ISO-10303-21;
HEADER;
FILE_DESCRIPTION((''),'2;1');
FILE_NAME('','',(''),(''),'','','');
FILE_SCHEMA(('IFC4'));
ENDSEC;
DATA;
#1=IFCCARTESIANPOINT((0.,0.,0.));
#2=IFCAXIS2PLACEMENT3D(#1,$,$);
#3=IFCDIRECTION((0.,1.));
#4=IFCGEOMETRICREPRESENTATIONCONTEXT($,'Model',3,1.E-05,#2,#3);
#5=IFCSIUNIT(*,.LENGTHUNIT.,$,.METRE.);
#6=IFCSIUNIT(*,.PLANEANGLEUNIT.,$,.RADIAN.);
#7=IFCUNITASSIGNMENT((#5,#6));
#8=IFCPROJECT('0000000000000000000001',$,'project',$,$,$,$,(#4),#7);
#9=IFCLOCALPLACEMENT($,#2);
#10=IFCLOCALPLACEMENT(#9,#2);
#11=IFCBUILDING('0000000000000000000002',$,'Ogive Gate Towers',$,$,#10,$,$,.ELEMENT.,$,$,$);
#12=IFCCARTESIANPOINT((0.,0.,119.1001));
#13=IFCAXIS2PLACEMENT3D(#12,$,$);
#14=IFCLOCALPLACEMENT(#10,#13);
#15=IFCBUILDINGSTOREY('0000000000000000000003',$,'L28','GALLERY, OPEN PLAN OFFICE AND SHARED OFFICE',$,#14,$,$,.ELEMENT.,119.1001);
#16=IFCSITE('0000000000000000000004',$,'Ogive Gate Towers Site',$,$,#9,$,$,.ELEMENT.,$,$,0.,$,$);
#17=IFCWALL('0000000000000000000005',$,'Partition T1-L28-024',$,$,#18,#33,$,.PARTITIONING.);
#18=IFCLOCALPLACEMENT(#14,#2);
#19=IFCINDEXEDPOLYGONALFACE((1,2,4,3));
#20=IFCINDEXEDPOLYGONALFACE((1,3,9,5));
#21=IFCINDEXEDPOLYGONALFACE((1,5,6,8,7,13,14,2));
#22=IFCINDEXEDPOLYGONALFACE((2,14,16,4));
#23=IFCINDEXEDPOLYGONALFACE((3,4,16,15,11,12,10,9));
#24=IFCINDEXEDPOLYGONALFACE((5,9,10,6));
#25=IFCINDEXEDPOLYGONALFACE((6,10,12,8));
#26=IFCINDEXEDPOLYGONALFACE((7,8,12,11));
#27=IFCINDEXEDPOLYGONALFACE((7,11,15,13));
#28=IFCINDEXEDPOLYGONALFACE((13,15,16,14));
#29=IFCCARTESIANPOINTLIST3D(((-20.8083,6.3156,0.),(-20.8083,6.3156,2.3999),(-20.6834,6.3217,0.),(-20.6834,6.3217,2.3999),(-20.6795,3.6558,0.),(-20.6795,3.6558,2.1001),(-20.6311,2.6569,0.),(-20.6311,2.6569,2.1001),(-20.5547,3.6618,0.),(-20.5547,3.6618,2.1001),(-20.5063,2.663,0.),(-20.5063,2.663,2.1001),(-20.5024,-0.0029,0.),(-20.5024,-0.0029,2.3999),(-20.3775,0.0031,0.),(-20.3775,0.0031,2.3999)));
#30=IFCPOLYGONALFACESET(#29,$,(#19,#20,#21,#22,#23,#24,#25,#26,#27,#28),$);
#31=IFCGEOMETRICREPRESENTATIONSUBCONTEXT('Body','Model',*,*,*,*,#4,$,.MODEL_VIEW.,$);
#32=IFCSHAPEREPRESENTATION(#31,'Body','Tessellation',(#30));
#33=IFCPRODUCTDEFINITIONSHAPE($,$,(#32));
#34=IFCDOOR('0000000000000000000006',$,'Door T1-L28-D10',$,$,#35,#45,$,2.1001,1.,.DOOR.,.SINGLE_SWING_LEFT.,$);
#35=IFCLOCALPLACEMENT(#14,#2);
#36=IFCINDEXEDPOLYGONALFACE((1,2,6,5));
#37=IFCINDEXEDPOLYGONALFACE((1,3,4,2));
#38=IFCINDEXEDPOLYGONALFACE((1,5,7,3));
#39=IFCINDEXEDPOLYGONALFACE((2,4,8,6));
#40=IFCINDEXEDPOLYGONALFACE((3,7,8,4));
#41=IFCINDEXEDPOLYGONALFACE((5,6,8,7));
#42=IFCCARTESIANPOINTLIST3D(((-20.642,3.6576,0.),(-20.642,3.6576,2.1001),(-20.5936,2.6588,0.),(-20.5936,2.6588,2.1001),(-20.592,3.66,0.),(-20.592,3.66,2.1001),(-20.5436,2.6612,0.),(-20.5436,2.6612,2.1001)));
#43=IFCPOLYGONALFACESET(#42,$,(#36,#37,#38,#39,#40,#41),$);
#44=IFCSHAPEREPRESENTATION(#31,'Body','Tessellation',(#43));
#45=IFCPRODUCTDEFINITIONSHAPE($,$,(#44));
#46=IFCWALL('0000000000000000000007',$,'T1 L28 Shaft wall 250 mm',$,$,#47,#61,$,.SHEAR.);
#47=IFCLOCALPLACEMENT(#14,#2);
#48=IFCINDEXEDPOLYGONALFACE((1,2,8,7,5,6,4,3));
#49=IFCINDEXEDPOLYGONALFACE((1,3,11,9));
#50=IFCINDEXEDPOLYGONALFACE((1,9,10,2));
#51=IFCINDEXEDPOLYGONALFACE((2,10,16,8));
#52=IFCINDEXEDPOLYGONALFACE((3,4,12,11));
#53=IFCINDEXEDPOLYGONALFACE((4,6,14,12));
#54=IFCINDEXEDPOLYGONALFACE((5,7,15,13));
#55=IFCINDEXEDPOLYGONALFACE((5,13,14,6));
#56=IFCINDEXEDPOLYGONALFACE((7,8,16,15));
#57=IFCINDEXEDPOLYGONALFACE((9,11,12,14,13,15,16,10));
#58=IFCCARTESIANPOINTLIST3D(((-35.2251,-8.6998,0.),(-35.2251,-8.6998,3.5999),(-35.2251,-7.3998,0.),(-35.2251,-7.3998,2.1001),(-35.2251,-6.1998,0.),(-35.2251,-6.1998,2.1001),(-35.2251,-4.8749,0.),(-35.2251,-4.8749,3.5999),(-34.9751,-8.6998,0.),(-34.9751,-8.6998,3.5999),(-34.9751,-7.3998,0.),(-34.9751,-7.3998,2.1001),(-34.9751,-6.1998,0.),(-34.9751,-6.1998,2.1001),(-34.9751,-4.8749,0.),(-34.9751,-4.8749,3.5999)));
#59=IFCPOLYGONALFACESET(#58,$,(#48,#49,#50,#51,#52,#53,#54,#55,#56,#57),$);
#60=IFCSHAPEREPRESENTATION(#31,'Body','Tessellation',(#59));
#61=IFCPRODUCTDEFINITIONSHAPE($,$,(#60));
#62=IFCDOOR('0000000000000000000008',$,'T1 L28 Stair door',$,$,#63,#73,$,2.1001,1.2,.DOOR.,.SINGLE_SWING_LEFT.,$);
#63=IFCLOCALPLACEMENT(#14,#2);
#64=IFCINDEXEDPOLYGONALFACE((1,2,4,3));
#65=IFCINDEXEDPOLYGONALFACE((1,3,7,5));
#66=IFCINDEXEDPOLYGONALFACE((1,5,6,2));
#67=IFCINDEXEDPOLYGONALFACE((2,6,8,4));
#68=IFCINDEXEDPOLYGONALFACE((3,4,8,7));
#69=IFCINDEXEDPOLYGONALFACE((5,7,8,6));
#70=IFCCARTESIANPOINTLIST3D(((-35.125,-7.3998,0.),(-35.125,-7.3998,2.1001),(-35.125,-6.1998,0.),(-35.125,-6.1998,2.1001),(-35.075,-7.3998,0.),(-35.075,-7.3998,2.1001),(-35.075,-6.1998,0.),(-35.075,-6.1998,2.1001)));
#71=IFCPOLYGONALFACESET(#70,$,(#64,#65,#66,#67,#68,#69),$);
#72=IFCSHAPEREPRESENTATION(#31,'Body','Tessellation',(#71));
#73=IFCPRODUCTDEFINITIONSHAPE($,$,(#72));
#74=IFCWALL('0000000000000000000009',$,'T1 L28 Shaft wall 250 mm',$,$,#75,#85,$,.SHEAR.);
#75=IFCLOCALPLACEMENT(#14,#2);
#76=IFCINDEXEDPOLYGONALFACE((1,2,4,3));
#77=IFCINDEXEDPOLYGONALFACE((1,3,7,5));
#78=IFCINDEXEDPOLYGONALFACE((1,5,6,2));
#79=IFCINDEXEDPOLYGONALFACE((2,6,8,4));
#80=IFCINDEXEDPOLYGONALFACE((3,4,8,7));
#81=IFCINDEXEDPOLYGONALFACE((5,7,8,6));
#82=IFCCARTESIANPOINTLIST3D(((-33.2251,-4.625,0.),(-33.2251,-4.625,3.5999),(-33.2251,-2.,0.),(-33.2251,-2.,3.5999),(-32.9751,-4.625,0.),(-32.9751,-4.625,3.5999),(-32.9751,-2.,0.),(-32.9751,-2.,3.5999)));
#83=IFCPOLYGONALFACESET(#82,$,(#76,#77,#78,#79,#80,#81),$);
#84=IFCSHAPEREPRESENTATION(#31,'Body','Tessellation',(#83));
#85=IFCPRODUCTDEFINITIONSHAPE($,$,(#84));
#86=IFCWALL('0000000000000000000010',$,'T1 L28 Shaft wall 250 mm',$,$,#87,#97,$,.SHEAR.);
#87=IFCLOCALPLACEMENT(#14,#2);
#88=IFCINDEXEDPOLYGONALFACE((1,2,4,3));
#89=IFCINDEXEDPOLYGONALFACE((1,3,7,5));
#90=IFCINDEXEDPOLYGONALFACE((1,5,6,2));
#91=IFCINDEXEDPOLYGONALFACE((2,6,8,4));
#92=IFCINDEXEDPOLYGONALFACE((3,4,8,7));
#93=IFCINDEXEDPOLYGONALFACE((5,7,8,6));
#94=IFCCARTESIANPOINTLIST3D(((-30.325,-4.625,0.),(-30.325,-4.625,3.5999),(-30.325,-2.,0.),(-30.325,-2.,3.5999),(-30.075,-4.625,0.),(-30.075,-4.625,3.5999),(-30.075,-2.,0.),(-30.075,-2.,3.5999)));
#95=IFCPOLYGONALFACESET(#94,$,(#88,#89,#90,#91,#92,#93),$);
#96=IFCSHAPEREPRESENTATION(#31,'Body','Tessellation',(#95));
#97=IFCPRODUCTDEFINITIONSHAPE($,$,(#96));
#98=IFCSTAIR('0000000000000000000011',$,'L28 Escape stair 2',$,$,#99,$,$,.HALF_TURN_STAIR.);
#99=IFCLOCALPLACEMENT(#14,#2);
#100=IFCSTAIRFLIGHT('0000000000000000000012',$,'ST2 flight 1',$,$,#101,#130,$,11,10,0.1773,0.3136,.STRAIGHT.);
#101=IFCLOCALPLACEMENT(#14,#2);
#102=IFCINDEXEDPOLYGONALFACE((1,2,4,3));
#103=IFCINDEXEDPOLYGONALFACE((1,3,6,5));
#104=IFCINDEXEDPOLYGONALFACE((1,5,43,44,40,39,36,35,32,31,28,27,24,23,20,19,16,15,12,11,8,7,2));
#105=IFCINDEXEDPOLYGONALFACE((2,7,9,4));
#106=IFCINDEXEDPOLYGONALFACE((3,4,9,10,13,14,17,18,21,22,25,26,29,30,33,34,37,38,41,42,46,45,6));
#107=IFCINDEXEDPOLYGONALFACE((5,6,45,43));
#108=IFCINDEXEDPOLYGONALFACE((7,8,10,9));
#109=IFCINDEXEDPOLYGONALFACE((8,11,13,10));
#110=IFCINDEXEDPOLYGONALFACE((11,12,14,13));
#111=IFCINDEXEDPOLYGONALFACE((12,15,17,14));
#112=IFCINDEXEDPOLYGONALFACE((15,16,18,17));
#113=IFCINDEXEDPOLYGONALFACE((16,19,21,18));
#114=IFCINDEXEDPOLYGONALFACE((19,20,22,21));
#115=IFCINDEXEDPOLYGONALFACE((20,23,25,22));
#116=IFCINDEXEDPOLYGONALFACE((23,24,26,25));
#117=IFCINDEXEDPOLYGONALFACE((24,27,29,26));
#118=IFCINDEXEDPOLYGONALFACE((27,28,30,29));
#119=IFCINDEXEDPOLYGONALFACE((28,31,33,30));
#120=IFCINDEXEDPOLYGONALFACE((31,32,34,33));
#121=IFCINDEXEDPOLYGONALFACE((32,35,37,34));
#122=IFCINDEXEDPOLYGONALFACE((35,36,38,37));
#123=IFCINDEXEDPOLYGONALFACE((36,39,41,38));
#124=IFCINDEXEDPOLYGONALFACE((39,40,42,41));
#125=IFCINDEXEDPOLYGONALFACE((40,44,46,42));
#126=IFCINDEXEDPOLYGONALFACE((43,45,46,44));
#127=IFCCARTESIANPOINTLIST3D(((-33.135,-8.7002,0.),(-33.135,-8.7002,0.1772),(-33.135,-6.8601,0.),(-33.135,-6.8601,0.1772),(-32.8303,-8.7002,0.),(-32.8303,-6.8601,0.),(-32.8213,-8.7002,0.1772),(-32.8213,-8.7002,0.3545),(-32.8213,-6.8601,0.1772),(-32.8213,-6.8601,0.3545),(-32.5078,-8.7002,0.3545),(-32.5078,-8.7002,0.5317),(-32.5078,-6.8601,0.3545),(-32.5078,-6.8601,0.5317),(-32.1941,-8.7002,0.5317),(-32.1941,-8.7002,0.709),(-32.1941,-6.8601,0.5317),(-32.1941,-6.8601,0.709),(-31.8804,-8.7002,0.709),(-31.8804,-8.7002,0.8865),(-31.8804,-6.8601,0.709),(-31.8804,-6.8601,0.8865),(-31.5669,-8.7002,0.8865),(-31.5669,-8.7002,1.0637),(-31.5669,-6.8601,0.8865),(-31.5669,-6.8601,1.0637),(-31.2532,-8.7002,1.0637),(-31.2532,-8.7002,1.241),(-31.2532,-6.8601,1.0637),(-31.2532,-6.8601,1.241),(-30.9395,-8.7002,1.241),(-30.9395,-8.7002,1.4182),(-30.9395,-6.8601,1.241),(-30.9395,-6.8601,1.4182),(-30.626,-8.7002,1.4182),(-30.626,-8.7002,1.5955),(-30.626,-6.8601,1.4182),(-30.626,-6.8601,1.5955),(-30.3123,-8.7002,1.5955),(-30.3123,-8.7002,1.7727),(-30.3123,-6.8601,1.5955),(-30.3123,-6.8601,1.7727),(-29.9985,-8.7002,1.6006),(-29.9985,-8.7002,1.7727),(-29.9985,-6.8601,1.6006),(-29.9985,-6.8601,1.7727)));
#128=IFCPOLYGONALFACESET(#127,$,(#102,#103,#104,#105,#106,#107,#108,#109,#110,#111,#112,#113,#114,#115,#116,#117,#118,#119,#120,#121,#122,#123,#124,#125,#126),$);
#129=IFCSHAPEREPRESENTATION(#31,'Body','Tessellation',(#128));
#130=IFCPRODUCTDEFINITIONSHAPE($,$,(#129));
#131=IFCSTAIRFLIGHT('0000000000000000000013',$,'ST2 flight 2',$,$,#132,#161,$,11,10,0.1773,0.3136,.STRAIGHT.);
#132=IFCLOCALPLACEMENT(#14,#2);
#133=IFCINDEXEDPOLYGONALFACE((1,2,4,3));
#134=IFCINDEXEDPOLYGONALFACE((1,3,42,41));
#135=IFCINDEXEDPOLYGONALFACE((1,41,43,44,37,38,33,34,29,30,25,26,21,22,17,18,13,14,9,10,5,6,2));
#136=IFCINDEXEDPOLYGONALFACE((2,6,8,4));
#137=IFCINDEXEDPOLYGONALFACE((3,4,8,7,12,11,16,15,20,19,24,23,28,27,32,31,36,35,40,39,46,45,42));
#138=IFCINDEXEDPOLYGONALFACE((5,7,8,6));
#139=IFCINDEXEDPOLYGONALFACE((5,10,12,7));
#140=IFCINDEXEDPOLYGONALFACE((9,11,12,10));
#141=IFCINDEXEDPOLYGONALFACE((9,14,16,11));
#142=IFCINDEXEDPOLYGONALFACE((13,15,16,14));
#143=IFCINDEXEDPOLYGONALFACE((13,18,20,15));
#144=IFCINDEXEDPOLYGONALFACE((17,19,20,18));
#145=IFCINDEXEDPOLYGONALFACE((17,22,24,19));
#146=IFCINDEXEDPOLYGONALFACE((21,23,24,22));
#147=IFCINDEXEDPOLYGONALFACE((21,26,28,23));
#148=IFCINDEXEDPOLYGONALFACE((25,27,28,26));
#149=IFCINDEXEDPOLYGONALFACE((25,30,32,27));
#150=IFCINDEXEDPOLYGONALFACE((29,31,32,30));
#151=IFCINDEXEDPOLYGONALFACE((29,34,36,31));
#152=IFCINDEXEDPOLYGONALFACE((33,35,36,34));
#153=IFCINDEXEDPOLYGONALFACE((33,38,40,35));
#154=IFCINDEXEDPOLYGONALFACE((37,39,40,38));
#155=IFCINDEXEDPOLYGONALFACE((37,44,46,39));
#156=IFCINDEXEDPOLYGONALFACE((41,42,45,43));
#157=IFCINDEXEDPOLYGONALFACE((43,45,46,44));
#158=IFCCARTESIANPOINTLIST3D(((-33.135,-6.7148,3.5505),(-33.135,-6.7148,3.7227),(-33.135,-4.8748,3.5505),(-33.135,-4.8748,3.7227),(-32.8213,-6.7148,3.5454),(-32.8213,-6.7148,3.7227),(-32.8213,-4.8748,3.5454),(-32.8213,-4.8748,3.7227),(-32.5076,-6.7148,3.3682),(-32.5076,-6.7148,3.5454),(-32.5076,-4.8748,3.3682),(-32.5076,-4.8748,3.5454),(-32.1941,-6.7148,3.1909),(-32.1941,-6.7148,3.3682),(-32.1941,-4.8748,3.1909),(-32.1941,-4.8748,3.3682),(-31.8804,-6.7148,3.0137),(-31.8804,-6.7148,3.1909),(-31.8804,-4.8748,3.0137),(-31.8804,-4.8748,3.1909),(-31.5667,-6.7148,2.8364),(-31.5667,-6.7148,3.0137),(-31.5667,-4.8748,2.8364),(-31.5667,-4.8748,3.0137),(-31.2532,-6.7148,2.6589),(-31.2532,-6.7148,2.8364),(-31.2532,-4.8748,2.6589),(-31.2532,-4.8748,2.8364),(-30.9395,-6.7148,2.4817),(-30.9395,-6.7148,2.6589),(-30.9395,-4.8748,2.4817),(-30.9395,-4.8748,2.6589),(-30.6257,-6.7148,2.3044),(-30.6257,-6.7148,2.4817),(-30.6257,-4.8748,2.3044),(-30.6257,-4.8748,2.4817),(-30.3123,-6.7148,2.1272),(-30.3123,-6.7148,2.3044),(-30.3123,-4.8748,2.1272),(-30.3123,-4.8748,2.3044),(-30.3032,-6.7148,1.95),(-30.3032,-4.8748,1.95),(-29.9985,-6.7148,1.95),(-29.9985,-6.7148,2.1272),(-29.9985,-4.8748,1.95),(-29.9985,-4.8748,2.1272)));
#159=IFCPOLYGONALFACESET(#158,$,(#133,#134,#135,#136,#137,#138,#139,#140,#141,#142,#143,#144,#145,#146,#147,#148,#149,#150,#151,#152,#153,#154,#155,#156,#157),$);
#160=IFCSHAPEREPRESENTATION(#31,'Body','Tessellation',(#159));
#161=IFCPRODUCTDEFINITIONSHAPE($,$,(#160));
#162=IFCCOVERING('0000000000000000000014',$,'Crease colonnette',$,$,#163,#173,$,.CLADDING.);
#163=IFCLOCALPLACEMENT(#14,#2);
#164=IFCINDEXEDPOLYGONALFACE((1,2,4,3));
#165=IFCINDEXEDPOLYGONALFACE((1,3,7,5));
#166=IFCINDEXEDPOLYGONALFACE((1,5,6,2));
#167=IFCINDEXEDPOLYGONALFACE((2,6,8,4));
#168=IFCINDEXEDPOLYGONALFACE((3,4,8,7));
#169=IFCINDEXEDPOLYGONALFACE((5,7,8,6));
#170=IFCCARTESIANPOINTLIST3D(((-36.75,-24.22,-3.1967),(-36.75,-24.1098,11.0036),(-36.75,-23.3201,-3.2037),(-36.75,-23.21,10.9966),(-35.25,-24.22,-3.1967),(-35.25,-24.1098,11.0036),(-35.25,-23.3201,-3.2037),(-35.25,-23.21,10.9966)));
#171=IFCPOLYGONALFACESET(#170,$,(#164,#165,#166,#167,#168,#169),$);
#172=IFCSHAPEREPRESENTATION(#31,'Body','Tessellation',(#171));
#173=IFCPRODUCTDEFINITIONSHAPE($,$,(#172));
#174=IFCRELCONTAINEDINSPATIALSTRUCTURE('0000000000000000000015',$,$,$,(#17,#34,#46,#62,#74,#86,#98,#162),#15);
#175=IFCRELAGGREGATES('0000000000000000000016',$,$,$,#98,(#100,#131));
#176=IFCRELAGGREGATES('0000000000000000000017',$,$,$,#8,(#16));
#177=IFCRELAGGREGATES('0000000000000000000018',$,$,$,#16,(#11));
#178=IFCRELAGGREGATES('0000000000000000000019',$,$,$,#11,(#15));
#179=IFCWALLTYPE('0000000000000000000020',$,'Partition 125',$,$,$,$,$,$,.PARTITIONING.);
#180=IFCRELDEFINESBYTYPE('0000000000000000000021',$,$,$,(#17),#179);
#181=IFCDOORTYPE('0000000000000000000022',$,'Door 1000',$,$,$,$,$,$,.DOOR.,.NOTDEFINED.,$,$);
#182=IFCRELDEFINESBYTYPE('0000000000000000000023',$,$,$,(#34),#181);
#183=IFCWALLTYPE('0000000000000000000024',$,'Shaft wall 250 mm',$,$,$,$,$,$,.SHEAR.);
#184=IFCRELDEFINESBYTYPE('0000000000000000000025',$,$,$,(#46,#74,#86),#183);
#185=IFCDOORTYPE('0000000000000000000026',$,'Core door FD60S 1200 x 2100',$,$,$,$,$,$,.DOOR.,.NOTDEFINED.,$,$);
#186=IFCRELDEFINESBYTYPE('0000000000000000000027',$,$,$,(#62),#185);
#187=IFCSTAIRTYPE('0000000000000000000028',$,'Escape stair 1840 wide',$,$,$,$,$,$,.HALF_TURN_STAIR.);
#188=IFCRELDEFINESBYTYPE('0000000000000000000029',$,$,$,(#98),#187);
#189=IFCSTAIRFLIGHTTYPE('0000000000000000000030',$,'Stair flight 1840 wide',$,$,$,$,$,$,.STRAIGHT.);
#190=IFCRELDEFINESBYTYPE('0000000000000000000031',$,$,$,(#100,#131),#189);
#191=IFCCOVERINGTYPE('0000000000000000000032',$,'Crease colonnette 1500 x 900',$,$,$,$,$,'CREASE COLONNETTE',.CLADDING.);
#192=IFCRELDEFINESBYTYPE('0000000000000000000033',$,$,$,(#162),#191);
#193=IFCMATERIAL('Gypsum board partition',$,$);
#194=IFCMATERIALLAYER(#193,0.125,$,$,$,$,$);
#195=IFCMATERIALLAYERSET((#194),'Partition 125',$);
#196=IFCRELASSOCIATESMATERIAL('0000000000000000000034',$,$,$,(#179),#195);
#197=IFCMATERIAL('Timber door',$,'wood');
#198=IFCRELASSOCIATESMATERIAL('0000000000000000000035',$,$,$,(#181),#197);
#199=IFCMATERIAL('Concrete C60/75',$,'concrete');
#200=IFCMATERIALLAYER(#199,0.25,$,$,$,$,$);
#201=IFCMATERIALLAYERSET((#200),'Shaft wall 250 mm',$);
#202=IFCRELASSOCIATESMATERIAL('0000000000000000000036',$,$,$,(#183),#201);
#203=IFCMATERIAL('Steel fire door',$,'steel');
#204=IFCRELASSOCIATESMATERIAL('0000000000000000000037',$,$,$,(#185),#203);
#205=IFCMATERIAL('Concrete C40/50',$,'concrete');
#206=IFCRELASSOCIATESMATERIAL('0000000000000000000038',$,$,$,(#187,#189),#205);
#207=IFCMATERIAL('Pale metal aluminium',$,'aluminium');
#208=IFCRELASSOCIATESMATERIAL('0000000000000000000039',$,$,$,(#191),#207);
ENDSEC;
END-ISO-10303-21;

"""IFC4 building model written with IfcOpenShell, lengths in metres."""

from ifc_helpers import new_model, si_unit, direction, frame, frame_2d, origin, origin_2d, place, context, subcontext, project, spatial, polyline, rectangle, outline, extrude, material, layer, layer_set, material_profile, profile_set, type_object, element, fill, aggregate, save


model = new_model("IFC4")

# Units and contexts
model_context = context("Model", 3, precision=1e-05, world=origin(), true_north=direction((0.0, 1.0)))
body_context = subcontext(model_context, "Body", "Model", "MODEL_VIEW")
ifc_project = project(units=[si_unit("LENGTHUNIT", "METRE"), si_unit("PLANEANGLEUNIT", "RADIAN")], contexts=[model_context])

# Site, building, storey
site_placement = place(None, origin())
site = spatial("IfcSite", under=ifc_project, at=site_placement, Name="Ogive Gate Towers Site", CompositionType="ELEMENT", RefElevation=0.0)
building_placement = place(site_placement, origin())
building = spatial("IfcBuilding", under=site, at=building_placement, Name="Ogive Gate Towers", CompositionType="ELEMENT")
storey_placement = place(building_placement, frame((0.0, 0.0, 119.1001)))
storey = spatial("IfcBuildingStorey", under=building, at=storey_placement, Name="L28", Description="GALLERY, OPEN PLAN OFFICE AND SHARED OFFICE", CompositionType="ELEMENT", Elevation=119.1001)

# Shared definitions
ifc_material_1 = material(Name="Timber door", Category="wood")
ifc_material_2 = material(Name="Concrete C60/75", Category="concrete")
ifc_material_3 = material(Name="Steel fire door", Category="steel")

# Shared definitions
ifc_material_4 = material(Name="Gypsum board partition")
ifc_layer_1 = layer(ifc_material_4, 0.125)
ifc_layer_set_1 = layer_set([ifc_layer_1], Name="Partition 125")
wall_type_1 = type_object("IfcWallType", Name="Partition 125", PredefinedType="PARTITIONING", material=ifc_layer_set_1)

# Walls, openings, doors
door_type_1 = type_object("IfcDoorType", Name="Door 1000", OperationType="NOTDEFINED", PredefinedType="DOOR", material=ifc_material_1)
wall_1_placement = place(storey_placement, frame((-20.4399, 0.0, 0.0), z_axis=(0.0, 0.0, 1.0), x_axis=(-0.048357, 0.99883, 0.0)))
wall_1 = element("IfcWall", 1, at=wall_1_placement, inside=storey, type_object=wall_type_1, Name="Partition T1-L28-024", PredefinedType="PARTITIONING", context=body_context, shape_type="SweptSolid", body=[
    extrude(rectangle(XDim=6.3259, YDim=0.125, at=frame_2d((3.1631, 0.0))), origin(), (0.0, 0.0, 1.0), 2.3999),
])
opening_1_placement = place(wall_1_placement, frame((2.6631, 0.0, 0.0)))
opening_1 = element("IfcOpeningElement", 2, at=opening_1_placement, cuts=wall_1, PredefinedType="OPENING", context=body_context, shape_type="SweptSolid", body=[
    extrude(rectangle(XDim=1.0, YDim=2.1001, at=frame_2d((0.5, 1.05))), frame((0.0, 0.0725, 0.0), z_axis=(0.0, -1.0, 0.0), x_axis=(1.0, 0.0, 0.0)), (0.0, 0.0, 1.0), 0.145),
])
door_1_placement = place(opening_1_placement, origin())
door_1 = element("IfcDoor", 3, at=door_1_placement, inside=storey, type_object=door_type_1, Name="Door T1-L28-D10", OperationType="SINGLE_SWING_LEFT", OverallHeight=2.1001, OverallWidth=1.0, PredefinedType="DOOR", context=body_context, shape_type="SweptSolid", body=[
    extrude(rectangle(XDim=1.0, YDim=2.1001, at=frame_2d((0.5, 1.05))), frame((0.0, 0.0249, 0.0), z_axis=(0.0, -1.0, 0.0), x_axis=(1.0, 0.0, 0.0)), (0.0, 0.0, 1.0), 0.05),
])
fill(opening_1, door_1)
ifc_layer_2 = layer(ifc_material_2, 0.25)
ifc_layer_set_2 = layer_set([ifc_layer_2], Name="Shaft wall 250 mm")
wall_type_2 = type_object("IfcWallType", Name="Shaft wall 250 mm", PredefinedType="SHEAR", material=ifc_layer_set_2)
wall_2_placement = place(storey_placement, frame((-35.1001, -8.7, 0.0), z_axis=(0.0, 0.0, 1.0), x_axis=(0.0, 1.0, 0.0)))
wall_2 = element("IfcWall", 4, at=wall_2_placement, inside=storey, type_object=wall_type_2, Name="T1 L28 Shaft wall 250 mm", PredefinedType="SHEAR", context=body_context, shape_type="SweptSolid", body=[
    extrude(rectangle(XDim=3.825, YDim=0.25, at=frame_2d((1.9126, 0.0))), origin(), (0.0, 0.0, 1.0), 3.5999),
])
opening_2_placement = place(wall_2_placement, frame((1.3, 0.0, 0.0)))
opening_2 = element("IfcOpeningElement", 5, at=opening_2_placement, cuts=wall_2, PredefinedType="OPENING", context=body_context, shape_type="SweptSolid", body=[
    extrude(rectangle(XDim=1.2, YDim=2.1001, at=frame_2d((0.6001, 1.05))), frame((0.0, 0.135, 0.0), z_axis=(0.0, -1.0, 0.0), x_axis=(1.0, 0.0, 0.0)), (0.0, 0.0, 1.0), 0.27),
])
door_type_2 = type_object("IfcDoorType", Name="Core door FD60S 1200 x 2100", OperationType="NOTDEFINED", PredefinedType="DOOR", material=ifc_material_3)
door_2_placement = place(opening_2_placement, origin())
door_2 = element("IfcDoor", 6, at=door_2_placement, inside=storey, type_object=door_type_2, Name="T1 L28 Stair door", OperationType="SINGLE_SWING_LEFT", OverallHeight=2.1001, OverallWidth=1.2, PredefinedType="DOOR", context=body_context, shape_type="SweptSolid", body=[
    extrude(rectangle(XDim=1.2, YDim=2.1001, at=frame_2d((0.6001, 1.05))), frame((0.0, 0.0249, 0.0), z_axis=(0.0, -1.0, 0.0), x_axis=(1.0, 0.0, 0.0)), (0.0, 0.0, 1.0), 0.05),
])
fill(opening_2, door_2)

# Walls
for number, where, z_axis, x_axis, name in (
    (7, (-33.1001, -4.625, 0.0), (0.0, 0.0, 1.0), (0.0, 1.0, 0.0), "T1 L28 Shaft wall 250 mm"),
    (8, (-30.2, -4.625, 0.0), (0.0, 0.0, 1.0), (0.0, 1.0, 0.0), "T1 L28 Shaft wall 250 mm"),
):
    element("IfcWall", number, at=place(storey_placement, frame(where, z_axis=z_axis, x_axis=x_axis)), inside=storey, type_object=wall_type_2, Name=name, PredefinedType="SHEAR", context=body_context, shape_type="SweptSolid", body=[
        extrude(rectangle(XDim=2.625, YDim=0.25, at=frame_2d((1.3125, 0.0))), origin(), (0.0, 0.0, 1.0), 3.5999),
    ])

# Stair, stair flights
ifc_material_5 = material(Name="Concrete C40/50", Category="concrete")
stair_type = type_object("IfcStairType", Name="Escape stair 1840 wide", PredefinedType="HALF_TURN_STAIR", material=ifc_material_5)
stair_placement = place(storey_placement, origin())
stair = element("IfcStair", 9, at=stair_placement, inside=storey, type_object=stair_type, Name="L28 Escape stair 2", PredefinedType="HALF_TURN_STAIR")
stair_flight_type = type_object("IfcStairFlightType", Name="Stair flight 1840 wide", PredefinedType="STRAIGHT", material=ifc_material_5)
stair_flight_1_placement = place(storey_placement, frame((-33.135, -7.78, 0.0), z_axis=(0.0, 0.0, 1.0), x_axis=(1.0, 0.0, 0.0)))
stair_flight_1 = element("IfcStairFlight", 10, at=stair_flight_1_placement, type_object=stair_flight_type, Name="ST2 flight 1", NumberOfRisers=11, NumberOfTreads=10, PredefinedType="STRAIGHT", RiserHeight=0.1773, TreadLength=0.3136, context=body_context, shape_type="SweptSolid", body=[
    extrude(outline(polyline([(0.0, 0.0), (0.0, 0.1772), (0.3137, 0.1772), (0.3137, 0.3545), (0.6272, 0.3545), (0.6272, 0.5317), (0.9409, 0.5317), (0.9409, 0.709), (1.2546, 0.709), (1.2546, 0.8865), (1.5681, 0.8865), (1.5681, 1.0637), (1.8818, 1.0637), (1.8818, 1.241), (2.1956, 1.241), (2.1956, 1.4182), (2.509, 1.4182), (2.509, 1.5955), (2.8228, 1.5955), (2.8228, 1.7727), (3.1365, 1.7727), (3.1365, 1.95), (3.1365, 1.6006), (0.3047, 0.0), (0.0, 0.0)])), frame((0.0, 0.9199, 0.0), z_axis=(0.0, -1.0, 0.0), x_axis=(1.0, 0.0, 0.0)), (0.0, 0.0, 1.0), 1.8401),
])
stair_flight_2_placement = place(storey_placement, frame((-29.9985, -5.7949, 1.95), z_axis=(0.0, 0.0, 1.0), x_axis=(-1.0, 0.0, 0.0)))
stair_flight_2 = element("IfcStairFlight", 11, at=stair_flight_2_placement, type_object=stair_flight_type, Name="ST2 flight 2", NumberOfRisers=11, NumberOfTreads=10, PredefinedType="STRAIGHT", RiserHeight=0.1773, TreadLength=0.3136, context=body_context, shape_type="SweptSolid", body=[
    extrude(outline(polyline([(0.0, 0.0), (0.0, 0.1772), (0.3137, 0.1772), (0.3137, 0.3545), (0.6272, 0.3545), (0.6272, 0.5317), (0.9409, 0.5317), (0.9409, 0.709), (1.2546, 0.709), (1.2546, 0.8865), (1.5681, 0.8865), (1.5681, 1.0637), (1.8818, 1.0637), (1.8818, 1.241), (2.1956, 1.241), (2.1956, 1.4182), (2.509, 1.4182), (2.509, 1.5955), (2.8228, 1.5955), (2.8228, 1.7727), (3.1365, 1.7727), (3.1365, 1.95), (3.1365, 1.6006), (0.3047, 0.0), (0.0, 0.0)])), frame((0.0, 0.9199, 0.0), z_axis=(0.0, -1.0, 0.0), x_axis=(1.0, 0.0, 0.0)), (0.0, 0.0, 1.0), 1.8401),
])
aggregate(stair, [stair_flight_1, stair_flight_2])

# Covering
ifc_material_6 = material(Name="Pale metal aluminium", Category="aluminium")
ifc_material_profile_1 = material_profile(ifc_material_6, rectangle(XDim=1.5, YDim=0.8999, at=origin_2d()), Name="1500 x 900 pale metal aluminium")
ifc_profile_set_1 = profile_set([ifc_material_profile_1], Name="Pale metal aluminium")
covering_type_1 = type_object("IfcCoveringType", Name="Crease colonnette 1500 x 900", ElementType="CREASE COLONNETTE", PredefinedType="CLADDING", material=ifc_profile_set_1)
for number, where, z_axis, x_axis, name in (
    (12, (-36.0, -23.77, -3.2002), (0.0, 0.007754, 0.99997), (-1.0, 0.0, 0.0), "Crease colonnette"),
):
    element("IfcCovering", number, at=place(storey_placement, frame(where, z_axis=z_axis, x_axis=x_axis)), inside=storey, type_object=covering_type_1, Name=name, PredefinedType="CLADDING", context=body_context, shape_type="SweptSolid", body=[
        extrude(rectangle(XDim=1.5, YDim=0.8999, at=origin_2d()), origin(), (0.0, 0.0, 1.0), 14.2007),
    ])

save(model, "model.ifc")
